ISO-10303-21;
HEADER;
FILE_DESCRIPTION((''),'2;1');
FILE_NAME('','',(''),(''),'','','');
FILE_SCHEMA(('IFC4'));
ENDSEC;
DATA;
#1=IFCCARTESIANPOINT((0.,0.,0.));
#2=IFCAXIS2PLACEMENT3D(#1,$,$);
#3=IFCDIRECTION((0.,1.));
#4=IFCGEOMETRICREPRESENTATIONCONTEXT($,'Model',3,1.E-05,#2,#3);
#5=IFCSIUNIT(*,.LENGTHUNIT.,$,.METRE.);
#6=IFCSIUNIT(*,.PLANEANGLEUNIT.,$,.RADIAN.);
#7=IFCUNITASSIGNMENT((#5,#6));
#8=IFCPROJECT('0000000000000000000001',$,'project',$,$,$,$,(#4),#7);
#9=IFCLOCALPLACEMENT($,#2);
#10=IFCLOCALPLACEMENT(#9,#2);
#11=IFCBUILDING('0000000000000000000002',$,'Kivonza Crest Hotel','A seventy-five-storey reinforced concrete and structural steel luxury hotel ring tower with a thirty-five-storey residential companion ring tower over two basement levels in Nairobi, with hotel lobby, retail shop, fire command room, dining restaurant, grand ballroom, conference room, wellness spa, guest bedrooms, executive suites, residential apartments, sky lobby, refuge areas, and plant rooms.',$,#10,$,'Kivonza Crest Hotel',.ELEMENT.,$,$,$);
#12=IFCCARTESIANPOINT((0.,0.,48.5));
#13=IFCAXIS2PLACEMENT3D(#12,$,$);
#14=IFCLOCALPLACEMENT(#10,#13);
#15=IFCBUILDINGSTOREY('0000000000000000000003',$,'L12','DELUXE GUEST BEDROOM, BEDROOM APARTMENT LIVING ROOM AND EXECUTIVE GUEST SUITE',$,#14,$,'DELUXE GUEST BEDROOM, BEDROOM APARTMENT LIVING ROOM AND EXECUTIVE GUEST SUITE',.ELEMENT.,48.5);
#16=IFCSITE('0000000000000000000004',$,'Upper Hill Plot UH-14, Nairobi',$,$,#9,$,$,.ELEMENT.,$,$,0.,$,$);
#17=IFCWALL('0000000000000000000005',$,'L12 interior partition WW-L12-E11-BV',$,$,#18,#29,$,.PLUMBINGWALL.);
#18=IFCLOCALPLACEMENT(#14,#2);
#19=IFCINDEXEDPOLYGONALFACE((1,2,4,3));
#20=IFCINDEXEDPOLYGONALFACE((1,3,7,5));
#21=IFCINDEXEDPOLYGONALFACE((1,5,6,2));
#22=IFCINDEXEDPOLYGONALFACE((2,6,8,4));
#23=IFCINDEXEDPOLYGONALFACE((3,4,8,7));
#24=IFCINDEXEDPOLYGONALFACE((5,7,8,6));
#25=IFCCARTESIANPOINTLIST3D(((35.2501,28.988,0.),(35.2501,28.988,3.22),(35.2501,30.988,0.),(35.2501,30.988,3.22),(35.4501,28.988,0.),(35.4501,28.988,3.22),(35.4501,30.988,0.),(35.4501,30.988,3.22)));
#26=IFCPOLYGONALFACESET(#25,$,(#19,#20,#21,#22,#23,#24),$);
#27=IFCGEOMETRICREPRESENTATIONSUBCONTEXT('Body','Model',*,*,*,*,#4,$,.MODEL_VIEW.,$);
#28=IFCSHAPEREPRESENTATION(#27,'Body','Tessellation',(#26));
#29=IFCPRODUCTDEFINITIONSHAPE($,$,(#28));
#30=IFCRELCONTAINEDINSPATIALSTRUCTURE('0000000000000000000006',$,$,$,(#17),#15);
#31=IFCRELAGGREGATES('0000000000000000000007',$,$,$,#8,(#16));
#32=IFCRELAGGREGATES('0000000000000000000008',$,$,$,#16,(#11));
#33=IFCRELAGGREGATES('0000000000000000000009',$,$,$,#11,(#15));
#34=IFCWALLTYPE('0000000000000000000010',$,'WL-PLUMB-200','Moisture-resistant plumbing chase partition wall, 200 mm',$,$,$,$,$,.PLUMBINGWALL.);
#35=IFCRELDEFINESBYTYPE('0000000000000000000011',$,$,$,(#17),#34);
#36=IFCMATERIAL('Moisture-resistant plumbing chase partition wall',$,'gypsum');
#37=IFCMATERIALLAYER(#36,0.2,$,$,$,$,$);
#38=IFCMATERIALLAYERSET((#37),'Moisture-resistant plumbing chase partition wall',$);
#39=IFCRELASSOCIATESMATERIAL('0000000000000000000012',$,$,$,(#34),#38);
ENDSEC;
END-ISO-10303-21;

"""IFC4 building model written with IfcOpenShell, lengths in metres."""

from ifc_helpers import new_model, si_unit, direction, frame, frame_2d, origin, place, context, subcontext, project, spatial, rectangle, extrude, material, layer, layer_set, type_object, element, save


model = new_model("IFC4")

# Units and contexts
model_context = context("Model", 3, precision=1e-05, world=origin(), true_north=direction((0.0, 1.0)))
body_context = subcontext(model_context, "Body", "Model", "MODEL_VIEW")
ifc_project = project(units=[si_unit("LENGTHUNIT", "METRE"), si_unit("PLANEANGLEUNIT", "RADIAN")], contexts=[model_context])

# Site, building, storey
site_placement = place(None, origin())
site = spatial("IfcSite", under=ifc_project, at=site_placement, Name="Upper Hill Plot UH-14, Nairobi", CompositionType="ELEMENT", RefElevation=0.0)
building_placement = place(site_placement, origin())
building = spatial("IfcBuilding", under=site, at=building_placement, Name="Kivonza Crest Hotel", Description="A seventy-five-storey reinforced concrete and structural steel luxury hotel ring tower with a thirty-five-storey residential companion ring tower over two basement levels in Nairobi, with hotel lobby, retail shop, fire command room, dining restaurant, grand ballroom, conference room, wellness spa, guest bedrooms, executive suites, residential apartments, sky lobby, refuge areas, and plant rooms.", LongName="Kivonza Crest Hotel", CompositionType="ELEMENT")
storey_placement = place(building_placement, frame((0.0, 0.0, 48.5)))
storey = spatial("IfcBuildingStorey", under=building, at=storey_placement, Name="L12", Description="DELUXE GUEST BEDROOM, BEDROOM APARTMENT LIVING ROOM AND EXECUTIVE GUEST SUITE", LongName="DELUXE GUEST BEDROOM, BEDROOM APARTMENT LIVING ROOM AND EXECUTIVE GUEST SUITE", CompositionType="ELEMENT", Elevation=48.5)

# Shared definitions
ifc_material_1 = material(Name="Moisture-resistant plumbing chase partition wall", Category="gypsum")
ifc_layer_1 = layer(ifc_material_1, 0.2)
ifc_layer_set_1 = layer_set([ifc_layer_1], Name="Moisture-resistant plumbing chase partition wall")
wall_type_1 = type_object("IfcWallType", Name="WL-PLUMB-200", Description="Moisture-resistant plumbing chase partition wall, 200 mm", PredefinedType="PLUMBINGWALL", material=ifc_layer_set_1)

# Wall
wall_1_placement = place(storey_placement, frame((35.3501, 28.988, 0.0), z_axis=(0.0, 0.0, 1.0), x_axis=(0.0, 1.0, 0.0)))
element("IfcWall", 1, at=wall_1_placement, inside=storey, type_object=wall_type_1, Name="L12 interior partition WW-L12-E11-BV", PredefinedType="PLUMBINGWALL", context=body_context, shape_type="SweptSolid", body=[
    extrude(rectangle(XDim=2.0, YDim=0.2, at=frame_2d((1.0, 0.0))), origin(), (0.0, 0.0, 1.0), 3.22),
])

save(model, "model.ifc")
